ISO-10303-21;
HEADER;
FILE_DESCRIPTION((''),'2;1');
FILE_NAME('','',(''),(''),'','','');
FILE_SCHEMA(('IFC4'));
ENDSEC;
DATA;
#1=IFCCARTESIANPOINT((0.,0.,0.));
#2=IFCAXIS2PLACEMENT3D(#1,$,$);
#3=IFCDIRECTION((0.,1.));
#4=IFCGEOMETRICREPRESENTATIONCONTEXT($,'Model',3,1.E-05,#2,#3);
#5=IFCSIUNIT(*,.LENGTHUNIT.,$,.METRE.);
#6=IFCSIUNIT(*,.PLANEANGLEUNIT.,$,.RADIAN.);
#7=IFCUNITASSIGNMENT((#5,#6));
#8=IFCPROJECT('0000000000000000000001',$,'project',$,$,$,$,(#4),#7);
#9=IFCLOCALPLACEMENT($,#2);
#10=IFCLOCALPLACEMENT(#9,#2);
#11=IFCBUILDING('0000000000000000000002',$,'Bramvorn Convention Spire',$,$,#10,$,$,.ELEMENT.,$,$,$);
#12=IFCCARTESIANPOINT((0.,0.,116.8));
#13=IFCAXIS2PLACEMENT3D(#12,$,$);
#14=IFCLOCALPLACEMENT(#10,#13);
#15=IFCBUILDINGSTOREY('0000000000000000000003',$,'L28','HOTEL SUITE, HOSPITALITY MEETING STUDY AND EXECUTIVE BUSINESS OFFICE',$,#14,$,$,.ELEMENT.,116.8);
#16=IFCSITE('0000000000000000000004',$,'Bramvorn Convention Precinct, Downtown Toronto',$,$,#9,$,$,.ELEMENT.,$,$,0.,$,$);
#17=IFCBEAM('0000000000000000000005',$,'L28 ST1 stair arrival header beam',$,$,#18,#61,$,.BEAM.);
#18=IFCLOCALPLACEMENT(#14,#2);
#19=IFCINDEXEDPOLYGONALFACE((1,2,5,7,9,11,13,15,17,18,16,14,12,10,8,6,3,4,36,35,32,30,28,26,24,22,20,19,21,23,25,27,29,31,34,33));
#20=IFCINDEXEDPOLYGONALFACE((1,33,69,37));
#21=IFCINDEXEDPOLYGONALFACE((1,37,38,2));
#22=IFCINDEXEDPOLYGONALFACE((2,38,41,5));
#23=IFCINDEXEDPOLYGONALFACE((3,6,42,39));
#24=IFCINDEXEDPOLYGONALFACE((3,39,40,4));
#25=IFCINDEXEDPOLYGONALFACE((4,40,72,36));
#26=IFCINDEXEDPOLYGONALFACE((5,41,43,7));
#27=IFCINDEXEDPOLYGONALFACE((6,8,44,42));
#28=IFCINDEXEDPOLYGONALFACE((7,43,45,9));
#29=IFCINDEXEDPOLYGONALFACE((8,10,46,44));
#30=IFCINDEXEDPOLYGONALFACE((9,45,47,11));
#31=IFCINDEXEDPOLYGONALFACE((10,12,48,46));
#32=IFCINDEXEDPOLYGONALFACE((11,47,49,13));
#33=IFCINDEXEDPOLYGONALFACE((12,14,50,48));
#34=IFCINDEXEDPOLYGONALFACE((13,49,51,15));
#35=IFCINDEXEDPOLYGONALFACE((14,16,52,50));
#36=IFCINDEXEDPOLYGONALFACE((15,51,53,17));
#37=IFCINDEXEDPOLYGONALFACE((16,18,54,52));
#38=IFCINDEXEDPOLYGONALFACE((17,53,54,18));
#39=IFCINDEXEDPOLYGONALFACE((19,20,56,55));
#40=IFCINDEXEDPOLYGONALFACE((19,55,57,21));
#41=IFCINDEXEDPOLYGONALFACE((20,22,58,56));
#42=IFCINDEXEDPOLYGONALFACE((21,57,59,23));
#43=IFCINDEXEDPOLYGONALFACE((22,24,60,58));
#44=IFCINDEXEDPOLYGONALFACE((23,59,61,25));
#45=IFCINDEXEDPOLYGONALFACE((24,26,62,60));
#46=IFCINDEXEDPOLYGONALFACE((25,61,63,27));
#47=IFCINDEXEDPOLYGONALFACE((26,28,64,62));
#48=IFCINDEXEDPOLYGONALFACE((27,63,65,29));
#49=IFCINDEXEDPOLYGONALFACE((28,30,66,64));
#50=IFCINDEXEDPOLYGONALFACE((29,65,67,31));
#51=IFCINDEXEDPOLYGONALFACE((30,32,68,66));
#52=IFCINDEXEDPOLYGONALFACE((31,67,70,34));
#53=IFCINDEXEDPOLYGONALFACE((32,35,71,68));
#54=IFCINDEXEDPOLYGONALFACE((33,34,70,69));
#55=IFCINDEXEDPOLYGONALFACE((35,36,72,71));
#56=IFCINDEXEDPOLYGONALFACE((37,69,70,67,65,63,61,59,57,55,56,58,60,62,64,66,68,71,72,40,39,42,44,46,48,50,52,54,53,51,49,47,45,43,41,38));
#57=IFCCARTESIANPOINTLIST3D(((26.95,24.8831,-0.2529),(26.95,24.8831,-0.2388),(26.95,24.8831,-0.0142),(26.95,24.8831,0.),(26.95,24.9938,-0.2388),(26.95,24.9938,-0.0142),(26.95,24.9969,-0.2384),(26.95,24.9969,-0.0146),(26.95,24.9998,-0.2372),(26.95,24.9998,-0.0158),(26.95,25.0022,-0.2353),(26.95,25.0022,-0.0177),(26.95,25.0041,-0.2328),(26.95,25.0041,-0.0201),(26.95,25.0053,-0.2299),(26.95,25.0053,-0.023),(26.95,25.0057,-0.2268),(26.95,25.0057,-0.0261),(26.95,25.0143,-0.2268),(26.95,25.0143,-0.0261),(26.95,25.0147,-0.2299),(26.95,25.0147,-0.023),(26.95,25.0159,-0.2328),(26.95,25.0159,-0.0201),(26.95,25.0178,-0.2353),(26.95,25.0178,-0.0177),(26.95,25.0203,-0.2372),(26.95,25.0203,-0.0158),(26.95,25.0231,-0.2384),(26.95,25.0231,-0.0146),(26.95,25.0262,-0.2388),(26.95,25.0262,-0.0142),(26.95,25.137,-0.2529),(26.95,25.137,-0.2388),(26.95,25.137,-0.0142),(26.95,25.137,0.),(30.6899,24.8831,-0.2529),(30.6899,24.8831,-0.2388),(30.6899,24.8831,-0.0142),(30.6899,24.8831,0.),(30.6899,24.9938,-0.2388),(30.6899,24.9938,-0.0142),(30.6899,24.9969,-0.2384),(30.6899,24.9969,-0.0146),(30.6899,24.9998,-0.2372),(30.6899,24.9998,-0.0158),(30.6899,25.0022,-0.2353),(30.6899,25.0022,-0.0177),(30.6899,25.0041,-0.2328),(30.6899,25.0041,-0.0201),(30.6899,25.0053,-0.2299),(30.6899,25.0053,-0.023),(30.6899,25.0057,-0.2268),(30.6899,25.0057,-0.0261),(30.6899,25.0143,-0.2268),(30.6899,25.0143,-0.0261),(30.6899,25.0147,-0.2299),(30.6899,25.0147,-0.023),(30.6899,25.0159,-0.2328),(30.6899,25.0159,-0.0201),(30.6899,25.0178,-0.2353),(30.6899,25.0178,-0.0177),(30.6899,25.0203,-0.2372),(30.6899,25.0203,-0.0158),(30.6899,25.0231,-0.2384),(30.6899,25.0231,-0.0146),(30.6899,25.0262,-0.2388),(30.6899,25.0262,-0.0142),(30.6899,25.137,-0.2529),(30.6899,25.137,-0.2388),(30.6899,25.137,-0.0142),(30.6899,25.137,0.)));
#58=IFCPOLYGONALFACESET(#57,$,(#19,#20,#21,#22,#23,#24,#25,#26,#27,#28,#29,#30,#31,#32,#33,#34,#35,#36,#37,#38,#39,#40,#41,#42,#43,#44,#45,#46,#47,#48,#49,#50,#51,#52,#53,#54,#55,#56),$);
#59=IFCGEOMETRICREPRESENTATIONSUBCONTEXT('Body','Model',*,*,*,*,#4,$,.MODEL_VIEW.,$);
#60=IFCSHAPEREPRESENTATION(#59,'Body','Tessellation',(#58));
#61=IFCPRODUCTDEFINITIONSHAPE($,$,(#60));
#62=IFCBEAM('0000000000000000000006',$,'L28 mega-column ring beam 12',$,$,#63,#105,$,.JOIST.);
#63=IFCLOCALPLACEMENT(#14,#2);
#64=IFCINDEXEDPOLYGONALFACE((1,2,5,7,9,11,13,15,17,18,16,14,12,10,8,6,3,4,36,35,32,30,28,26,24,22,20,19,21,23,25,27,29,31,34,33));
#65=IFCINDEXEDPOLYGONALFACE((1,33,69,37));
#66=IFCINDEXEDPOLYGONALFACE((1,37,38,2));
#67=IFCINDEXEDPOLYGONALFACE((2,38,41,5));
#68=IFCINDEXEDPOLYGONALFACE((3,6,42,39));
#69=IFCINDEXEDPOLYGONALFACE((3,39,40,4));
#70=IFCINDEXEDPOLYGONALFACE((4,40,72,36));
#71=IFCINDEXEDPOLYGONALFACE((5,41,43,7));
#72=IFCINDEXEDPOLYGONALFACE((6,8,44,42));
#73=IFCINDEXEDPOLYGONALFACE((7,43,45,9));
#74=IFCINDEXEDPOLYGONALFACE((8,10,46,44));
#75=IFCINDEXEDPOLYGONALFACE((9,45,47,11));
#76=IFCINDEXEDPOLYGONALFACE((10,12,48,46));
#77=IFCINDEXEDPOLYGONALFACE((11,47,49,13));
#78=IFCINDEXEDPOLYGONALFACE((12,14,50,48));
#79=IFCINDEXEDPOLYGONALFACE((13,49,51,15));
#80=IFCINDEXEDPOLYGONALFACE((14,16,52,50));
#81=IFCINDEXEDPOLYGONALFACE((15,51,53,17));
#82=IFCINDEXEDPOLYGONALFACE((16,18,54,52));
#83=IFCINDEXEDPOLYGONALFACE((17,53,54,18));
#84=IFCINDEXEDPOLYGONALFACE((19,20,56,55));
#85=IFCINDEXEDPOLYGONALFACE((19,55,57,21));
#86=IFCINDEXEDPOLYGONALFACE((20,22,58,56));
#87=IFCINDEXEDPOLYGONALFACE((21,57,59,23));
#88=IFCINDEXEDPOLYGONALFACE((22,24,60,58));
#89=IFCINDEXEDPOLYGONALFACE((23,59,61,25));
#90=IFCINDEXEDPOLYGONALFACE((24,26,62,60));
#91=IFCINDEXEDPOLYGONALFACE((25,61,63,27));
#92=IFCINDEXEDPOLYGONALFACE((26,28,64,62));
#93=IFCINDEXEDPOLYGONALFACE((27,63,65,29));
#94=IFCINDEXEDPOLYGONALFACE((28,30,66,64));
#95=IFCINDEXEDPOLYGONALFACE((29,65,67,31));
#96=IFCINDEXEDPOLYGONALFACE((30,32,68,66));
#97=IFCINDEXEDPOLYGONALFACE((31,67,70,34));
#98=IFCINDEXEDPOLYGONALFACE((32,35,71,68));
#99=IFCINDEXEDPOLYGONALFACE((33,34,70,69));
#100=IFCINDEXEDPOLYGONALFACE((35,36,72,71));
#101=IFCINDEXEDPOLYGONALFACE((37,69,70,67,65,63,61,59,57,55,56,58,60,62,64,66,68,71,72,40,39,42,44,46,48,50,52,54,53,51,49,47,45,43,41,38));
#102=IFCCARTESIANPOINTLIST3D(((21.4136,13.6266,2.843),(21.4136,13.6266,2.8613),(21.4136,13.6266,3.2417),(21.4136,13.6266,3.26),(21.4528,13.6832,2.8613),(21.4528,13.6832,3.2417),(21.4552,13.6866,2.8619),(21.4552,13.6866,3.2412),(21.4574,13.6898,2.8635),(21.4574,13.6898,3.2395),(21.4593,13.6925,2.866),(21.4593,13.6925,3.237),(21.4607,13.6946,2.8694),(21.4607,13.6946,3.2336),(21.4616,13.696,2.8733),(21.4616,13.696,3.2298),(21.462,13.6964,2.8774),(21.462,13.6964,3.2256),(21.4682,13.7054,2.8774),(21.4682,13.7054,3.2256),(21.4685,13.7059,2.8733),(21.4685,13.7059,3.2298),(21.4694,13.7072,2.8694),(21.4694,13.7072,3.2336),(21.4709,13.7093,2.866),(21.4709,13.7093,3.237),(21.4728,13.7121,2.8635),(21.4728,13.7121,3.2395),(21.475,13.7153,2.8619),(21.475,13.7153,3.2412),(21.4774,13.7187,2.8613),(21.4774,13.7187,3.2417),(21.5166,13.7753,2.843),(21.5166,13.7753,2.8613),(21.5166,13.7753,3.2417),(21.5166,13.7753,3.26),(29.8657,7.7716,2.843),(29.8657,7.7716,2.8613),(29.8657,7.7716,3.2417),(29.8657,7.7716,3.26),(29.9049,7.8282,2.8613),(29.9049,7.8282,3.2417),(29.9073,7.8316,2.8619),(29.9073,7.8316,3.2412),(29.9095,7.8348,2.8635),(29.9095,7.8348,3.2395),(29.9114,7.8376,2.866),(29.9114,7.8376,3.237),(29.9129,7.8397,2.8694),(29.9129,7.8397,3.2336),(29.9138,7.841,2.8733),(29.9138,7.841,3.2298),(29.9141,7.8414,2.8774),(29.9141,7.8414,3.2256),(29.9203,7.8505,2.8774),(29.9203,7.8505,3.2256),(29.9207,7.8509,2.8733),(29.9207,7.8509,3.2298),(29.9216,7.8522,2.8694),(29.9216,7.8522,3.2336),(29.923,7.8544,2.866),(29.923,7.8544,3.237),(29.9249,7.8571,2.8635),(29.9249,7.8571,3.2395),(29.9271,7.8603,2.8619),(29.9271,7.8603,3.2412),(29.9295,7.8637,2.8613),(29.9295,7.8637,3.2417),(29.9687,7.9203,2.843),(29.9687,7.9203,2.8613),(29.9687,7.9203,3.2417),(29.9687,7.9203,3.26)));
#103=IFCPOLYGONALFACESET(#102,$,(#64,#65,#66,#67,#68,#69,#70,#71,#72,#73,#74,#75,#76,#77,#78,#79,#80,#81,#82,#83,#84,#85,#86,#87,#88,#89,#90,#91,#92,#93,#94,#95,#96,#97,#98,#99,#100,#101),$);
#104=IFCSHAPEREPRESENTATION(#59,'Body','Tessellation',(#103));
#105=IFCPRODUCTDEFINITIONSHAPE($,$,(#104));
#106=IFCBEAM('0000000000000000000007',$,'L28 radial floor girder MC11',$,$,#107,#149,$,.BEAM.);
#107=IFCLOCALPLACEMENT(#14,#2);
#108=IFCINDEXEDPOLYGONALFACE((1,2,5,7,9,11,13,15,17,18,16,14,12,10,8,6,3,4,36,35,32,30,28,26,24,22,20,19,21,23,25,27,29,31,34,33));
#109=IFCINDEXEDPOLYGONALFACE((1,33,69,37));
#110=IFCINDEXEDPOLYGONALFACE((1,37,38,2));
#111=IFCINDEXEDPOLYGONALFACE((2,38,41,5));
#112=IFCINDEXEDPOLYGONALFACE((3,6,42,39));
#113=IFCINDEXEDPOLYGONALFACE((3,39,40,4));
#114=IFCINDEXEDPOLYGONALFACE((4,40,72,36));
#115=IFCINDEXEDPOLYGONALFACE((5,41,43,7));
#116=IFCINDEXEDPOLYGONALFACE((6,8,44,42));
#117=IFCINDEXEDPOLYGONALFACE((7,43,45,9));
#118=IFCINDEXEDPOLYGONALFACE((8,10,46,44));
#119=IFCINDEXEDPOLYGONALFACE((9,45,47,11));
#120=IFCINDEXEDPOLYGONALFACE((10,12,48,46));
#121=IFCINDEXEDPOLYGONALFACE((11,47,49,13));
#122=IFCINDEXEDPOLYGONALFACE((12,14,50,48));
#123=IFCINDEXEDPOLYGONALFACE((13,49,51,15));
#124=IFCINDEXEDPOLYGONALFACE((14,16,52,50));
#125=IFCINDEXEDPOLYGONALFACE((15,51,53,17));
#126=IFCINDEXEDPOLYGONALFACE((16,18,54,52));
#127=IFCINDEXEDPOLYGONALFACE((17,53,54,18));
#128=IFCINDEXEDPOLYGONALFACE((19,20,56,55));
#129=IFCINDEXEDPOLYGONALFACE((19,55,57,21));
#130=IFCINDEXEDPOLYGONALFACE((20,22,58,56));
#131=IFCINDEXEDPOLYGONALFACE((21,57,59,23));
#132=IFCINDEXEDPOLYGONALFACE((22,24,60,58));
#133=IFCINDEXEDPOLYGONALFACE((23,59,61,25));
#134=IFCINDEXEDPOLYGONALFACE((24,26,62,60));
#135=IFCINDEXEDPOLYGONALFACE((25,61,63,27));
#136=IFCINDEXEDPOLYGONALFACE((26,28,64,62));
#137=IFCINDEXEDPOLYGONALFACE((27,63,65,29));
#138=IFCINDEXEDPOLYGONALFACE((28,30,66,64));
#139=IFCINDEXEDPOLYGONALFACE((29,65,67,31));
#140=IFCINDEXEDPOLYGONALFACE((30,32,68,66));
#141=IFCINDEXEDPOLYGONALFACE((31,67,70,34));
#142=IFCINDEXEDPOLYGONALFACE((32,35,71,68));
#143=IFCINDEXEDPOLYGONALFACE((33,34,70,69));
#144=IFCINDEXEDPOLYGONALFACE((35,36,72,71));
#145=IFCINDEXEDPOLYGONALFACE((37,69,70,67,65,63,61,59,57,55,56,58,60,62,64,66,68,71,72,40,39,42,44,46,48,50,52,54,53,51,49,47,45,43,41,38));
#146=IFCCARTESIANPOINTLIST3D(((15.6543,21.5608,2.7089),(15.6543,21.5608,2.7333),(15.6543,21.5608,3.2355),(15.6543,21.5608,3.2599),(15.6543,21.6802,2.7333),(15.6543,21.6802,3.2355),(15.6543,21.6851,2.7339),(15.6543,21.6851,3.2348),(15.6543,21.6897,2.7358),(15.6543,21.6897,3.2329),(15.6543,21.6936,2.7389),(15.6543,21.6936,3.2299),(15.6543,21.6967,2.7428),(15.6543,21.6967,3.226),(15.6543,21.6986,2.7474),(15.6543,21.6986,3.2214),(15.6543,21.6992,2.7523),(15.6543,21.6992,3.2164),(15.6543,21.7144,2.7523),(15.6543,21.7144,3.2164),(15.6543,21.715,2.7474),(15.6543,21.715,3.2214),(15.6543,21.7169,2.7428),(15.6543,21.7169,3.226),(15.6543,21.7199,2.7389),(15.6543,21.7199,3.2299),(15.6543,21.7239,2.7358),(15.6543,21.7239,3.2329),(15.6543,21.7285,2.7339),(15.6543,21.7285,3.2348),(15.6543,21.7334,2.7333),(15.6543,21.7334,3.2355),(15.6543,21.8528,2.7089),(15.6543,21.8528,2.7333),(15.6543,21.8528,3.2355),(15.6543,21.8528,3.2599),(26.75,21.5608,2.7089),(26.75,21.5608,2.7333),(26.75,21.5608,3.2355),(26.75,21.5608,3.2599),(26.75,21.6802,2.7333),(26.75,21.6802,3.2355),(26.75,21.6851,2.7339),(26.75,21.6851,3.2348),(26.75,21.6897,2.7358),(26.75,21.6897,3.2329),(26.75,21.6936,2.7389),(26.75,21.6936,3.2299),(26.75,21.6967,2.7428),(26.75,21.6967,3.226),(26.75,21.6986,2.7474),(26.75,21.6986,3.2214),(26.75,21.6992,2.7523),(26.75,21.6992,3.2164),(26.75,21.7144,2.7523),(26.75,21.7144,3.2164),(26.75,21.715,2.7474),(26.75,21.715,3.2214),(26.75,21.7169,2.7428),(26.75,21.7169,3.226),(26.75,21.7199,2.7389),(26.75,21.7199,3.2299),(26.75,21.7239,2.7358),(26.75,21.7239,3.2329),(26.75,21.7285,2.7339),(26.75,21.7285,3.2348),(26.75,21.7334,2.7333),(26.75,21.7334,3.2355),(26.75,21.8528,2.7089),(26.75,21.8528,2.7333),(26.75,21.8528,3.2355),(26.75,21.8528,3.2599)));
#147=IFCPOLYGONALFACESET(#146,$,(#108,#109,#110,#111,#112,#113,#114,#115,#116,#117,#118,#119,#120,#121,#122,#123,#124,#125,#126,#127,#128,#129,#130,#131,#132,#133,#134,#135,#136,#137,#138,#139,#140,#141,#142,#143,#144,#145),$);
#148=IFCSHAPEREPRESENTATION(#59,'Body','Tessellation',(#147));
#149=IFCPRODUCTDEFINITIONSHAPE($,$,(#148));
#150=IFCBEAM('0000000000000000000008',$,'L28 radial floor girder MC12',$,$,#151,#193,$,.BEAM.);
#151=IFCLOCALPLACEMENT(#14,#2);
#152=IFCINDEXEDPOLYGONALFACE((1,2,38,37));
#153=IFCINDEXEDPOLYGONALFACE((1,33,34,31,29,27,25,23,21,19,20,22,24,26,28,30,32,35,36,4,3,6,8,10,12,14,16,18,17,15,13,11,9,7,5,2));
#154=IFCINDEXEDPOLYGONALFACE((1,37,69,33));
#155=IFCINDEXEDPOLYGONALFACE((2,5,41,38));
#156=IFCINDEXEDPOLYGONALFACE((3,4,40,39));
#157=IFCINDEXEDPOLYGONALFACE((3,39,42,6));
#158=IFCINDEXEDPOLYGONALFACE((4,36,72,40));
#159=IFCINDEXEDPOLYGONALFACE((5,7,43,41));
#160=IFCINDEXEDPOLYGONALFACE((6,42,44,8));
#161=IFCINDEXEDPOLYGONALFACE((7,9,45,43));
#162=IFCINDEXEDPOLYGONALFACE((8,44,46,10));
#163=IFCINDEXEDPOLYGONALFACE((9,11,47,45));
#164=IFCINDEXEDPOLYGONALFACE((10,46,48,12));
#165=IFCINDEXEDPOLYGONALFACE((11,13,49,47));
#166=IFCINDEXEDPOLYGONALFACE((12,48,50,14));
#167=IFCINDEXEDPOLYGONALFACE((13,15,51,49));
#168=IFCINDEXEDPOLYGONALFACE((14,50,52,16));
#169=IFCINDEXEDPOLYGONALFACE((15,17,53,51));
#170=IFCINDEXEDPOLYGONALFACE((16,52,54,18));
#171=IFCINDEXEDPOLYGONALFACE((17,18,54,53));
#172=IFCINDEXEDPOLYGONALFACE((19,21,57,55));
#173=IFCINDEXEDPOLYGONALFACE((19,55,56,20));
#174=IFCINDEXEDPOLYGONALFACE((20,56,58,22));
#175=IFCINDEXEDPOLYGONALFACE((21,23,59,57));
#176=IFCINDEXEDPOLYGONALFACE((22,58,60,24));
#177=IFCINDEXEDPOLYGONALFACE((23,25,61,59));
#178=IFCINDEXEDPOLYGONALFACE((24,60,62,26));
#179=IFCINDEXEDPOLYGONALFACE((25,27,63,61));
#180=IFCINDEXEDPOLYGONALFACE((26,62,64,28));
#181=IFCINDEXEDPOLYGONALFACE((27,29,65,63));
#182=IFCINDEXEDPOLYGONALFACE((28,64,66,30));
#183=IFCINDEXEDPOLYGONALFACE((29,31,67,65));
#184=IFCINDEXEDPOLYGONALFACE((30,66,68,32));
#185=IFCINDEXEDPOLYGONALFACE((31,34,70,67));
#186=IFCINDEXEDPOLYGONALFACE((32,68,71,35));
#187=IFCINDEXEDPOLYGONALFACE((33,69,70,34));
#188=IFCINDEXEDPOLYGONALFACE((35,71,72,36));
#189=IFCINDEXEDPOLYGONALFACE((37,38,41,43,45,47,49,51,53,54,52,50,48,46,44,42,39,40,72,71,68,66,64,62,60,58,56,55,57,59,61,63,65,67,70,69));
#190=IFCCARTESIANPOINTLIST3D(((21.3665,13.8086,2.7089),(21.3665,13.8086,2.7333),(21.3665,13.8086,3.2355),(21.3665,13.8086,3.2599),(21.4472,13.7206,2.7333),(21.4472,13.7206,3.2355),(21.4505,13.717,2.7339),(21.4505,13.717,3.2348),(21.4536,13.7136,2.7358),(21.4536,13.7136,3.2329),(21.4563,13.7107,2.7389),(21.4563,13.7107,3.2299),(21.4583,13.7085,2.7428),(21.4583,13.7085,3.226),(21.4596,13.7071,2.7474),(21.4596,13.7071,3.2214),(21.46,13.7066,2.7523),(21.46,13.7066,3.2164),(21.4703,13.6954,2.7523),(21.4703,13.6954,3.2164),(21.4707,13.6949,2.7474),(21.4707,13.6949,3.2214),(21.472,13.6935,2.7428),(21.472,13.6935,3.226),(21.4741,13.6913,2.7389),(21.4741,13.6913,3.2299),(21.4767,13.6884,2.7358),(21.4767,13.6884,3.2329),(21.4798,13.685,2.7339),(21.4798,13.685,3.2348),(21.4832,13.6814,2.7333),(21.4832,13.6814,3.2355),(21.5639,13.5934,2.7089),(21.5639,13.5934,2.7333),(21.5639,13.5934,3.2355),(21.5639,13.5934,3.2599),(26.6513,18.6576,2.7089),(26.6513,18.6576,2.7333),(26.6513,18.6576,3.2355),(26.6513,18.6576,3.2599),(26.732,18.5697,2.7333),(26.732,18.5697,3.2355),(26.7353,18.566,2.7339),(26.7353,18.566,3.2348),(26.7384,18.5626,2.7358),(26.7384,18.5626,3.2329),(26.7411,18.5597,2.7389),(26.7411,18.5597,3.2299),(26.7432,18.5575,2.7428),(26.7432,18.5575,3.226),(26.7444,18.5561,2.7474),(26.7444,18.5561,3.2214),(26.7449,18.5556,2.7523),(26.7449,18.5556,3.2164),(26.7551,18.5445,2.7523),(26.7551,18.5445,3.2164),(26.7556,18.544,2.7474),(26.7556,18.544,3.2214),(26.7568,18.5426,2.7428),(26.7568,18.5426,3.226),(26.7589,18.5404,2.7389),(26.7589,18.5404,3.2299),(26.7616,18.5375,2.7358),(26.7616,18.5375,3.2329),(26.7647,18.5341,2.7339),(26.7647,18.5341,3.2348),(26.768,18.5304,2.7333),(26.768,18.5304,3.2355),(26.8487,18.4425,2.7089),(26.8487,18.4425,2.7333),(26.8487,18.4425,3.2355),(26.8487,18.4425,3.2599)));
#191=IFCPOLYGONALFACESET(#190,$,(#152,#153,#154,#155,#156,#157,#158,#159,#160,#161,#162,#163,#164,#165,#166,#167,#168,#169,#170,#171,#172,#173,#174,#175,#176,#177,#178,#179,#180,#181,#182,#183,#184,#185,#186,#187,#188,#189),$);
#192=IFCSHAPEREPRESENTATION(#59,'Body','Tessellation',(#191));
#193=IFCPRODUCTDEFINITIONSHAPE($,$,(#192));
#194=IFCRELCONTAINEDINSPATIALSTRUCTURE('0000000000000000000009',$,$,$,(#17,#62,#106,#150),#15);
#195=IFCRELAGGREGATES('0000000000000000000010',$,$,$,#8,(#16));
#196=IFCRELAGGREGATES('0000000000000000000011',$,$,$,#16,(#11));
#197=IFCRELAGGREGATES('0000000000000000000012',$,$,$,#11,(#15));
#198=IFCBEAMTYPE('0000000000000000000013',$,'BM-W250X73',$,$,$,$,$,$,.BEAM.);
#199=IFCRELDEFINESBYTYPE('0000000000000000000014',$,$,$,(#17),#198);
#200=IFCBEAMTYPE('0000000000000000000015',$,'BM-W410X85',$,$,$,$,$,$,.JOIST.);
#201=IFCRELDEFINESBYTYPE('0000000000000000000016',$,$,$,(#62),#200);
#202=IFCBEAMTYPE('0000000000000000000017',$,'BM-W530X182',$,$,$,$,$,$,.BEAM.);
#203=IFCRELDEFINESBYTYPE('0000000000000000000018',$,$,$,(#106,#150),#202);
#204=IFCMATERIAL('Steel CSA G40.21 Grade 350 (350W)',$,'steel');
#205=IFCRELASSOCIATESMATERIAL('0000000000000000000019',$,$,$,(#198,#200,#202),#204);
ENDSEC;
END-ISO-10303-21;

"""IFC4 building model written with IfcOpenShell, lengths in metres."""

from ifc_helpers import new_model, si_unit, direction, frame, origin, origin_2d, place, context, subcontext, project, spatial, i_section, extrude, material, material_profile, profile_set, type_object, element, save


model = new_model("IFC4")

# Units and contexts
model_context = context("Model", 3, precision=1e-05, world=origin(), true_north=direction((0.0, 1.0)))
body_context = subcontext(model_context, "Body", "Model", "MODEL_VIEW")
ifc_project = project(units=[si_unit("LENGTHUNIT", "METRE"), si_unit("PLANEANGLEUNIT", "RADIAN")], contexts=[model_context])

# Site, building, storey
site_placement = place(None, origin())
site = spatial("IfcSite", under=ifc_project, at=site_placement, Name="Bramvorn Convention Precinct, Downtown Toronto", CompositionType="ELEMENT", RefElevation=0.0)
building_placement = place(site_placement, origin())
building = spatial("IfcBuilding", under=site, at=building_placement, Name="Bramvorn Convention Spire", CompositionType="ELEMENT")
storey_placement = place(building_placement, frame((0.0, 0.0, 116.8)))
storey = spatial("IfcBuildingStorey", under=building, at=storey_placement, Name="L28", Description="HOTEL SUITE, HOSPITALITY MEETING STUDY AND EXECUTIVE BUSINESS OFFICE", CompositionType="ELEMENT", Elevation=116.8)

# Shared definitions
ifc_material_1 = material(Name="Steel CSA G40.21 Grade 350 (350W)", Category="steel")

# Beams
ifc_material_profile_1 = material_profile(ifc_material_1, i_section(OverallWidth=0.2539, OverallDepth=0.2529, WebThickness=0.0085, FlangeThickness=0.0142, FilletRadius=0.012, at=origin_2d()))
ifc_profile_set_1 = profile_set([ifc_material_profile_1], Name="Steel CSA G40.21 Grade 350 (350W) - W250X73")
beam_type_1 = type_object("IfcBeamType", Name="BM-W250X73", PredefinedType="BEAM", material=ifc_profile_set_1)
beam_1_placement = place(storey_placement, frame((26.95, 25.01, -0.1265), z_axis=(1.0, 0.0, 0.0), x_axis=(0.0, 1.0, 0.0)))
element("IfcBeam", 1, at=beam_1_placement, inside=storey, type_object=beam_type_1, Name="L28 ST1 stair arrival header beam", PredefinedType="BEAM", context=body_context, shape_type="SweptSolid", body=[
    extrude(i_section(OverallWidth=0.2539, OverallDepth=0.2529, WebThickness=0.0085, FlangeThickness=0.0142, FilletRadius=0.012, at=origin_2d()), origin(), (0.0, 0.0, 1.0), 3.74),
])
ifc_material_profile_2 = material_profile(ifc_material_1, i_section(OverallWidth=0.1809, OverallDepth=0.417, WebThickness=0.011, FlangeThickness=0.0183, FilletRadius=0.0161, at=origin_2d()))
ifc_profile_set_2 = profile_set([ifc_material_profile_2], Name="Steel CSA G40.21 Grade 350 (350W) - W410X85")
beam_type_2 = type_object("IfcBeamType", Name="BM-W410X85", PredefinedType="JOIST", material=ifc_profile_set_2)
beam_2_placement = place(storey_placement, frame((21.4651, 13.7009, 3.0515), z_axis=(0.822033, -0.56944, 0.0), x_axis=(0.56944, 0.822033, 0.0)))
element("IfcBeam", 2, at=beam_2_placement, inside=storey, type_object=beam_type_2, Name="L28 mega-column ring beam 12", PredefinedType="JOIST", context=body_context, shape_type="SweptSolid", body=[
    extrude(i_section(OverallWidth=0.1809, OverallDepth=0.417, WebThickness=0.011, FlangeThickness=0.0183, FilletRadius=0.0161, at=origin_2d()), origin(), (0.0, 0.0, 1.0), 10.282),
])
ifc_material_profile_3 = material_profile(ifc_material_1, i_section(OverallWidth=0.292, OverallDepth=0.551, WebThickness=0.0151, FlangeThickness=0.0244, FilletRadius=0.019, at=origin_2d()))
ifc_profile_set_3 = profile_set([ifc_material_profile_3], Name="Steel CSA G40.21 Grade 350 (350W) - W530X182")
beam_type_3 = type_object("IfcBeamType", Name="BM-W530X182", PredefinedType="BEAM", material=ifc_profile_set_3)
beam_3_placement = place(storey_placement, frame((26.75, 21.7068, 2.9844), z_axis=(-1.0, 0.0, 0.0), x_axis=(0.0, -1.0, 0.0)))
element("IfcBeam", 3, at=beam_3_placement, inside=storey, type_object=beam_type_3, Name="L28 radial floor girder MC11", PredefinedType="BEAM", context=body_context, shape_type="SweptSolid", body=[
    extrude(i_section(OverallWidth=0.292, OverallDepth=0.551, WebThickness=0.0151, FlangeThickness=0.0244, FilletRadius=0.019, at=origin_2d()), origin(), (0.0, 0.0, 1.0), 11.0957),
])
beam_4_placement = place(storey_placement, frame((26.75, 18.55, 2.9844), z_axis=(-0.736833, -0.676074, 0.0), x_axis=(0.676074, -0.736833, 0.0)))
element("IfcBeam", 4, at=beam_4_placement, inside=storey, type_object=beam_type_3, Name="L28 radial floor girder MC12", PredefinedType="BEAM", context=body_context, shape_type="SweptSolid", body=[
    extrude(i_section(OverallWidth=0.292, OverallDepth=0.551, WebThickness=0.0151, FlangeThickness=0.0244, FilletRadius=0.019, at=origin_2d()), origin(), (0.0, 0.0, 1.0), 7.1724),
])

save(model, "model.ifc")
